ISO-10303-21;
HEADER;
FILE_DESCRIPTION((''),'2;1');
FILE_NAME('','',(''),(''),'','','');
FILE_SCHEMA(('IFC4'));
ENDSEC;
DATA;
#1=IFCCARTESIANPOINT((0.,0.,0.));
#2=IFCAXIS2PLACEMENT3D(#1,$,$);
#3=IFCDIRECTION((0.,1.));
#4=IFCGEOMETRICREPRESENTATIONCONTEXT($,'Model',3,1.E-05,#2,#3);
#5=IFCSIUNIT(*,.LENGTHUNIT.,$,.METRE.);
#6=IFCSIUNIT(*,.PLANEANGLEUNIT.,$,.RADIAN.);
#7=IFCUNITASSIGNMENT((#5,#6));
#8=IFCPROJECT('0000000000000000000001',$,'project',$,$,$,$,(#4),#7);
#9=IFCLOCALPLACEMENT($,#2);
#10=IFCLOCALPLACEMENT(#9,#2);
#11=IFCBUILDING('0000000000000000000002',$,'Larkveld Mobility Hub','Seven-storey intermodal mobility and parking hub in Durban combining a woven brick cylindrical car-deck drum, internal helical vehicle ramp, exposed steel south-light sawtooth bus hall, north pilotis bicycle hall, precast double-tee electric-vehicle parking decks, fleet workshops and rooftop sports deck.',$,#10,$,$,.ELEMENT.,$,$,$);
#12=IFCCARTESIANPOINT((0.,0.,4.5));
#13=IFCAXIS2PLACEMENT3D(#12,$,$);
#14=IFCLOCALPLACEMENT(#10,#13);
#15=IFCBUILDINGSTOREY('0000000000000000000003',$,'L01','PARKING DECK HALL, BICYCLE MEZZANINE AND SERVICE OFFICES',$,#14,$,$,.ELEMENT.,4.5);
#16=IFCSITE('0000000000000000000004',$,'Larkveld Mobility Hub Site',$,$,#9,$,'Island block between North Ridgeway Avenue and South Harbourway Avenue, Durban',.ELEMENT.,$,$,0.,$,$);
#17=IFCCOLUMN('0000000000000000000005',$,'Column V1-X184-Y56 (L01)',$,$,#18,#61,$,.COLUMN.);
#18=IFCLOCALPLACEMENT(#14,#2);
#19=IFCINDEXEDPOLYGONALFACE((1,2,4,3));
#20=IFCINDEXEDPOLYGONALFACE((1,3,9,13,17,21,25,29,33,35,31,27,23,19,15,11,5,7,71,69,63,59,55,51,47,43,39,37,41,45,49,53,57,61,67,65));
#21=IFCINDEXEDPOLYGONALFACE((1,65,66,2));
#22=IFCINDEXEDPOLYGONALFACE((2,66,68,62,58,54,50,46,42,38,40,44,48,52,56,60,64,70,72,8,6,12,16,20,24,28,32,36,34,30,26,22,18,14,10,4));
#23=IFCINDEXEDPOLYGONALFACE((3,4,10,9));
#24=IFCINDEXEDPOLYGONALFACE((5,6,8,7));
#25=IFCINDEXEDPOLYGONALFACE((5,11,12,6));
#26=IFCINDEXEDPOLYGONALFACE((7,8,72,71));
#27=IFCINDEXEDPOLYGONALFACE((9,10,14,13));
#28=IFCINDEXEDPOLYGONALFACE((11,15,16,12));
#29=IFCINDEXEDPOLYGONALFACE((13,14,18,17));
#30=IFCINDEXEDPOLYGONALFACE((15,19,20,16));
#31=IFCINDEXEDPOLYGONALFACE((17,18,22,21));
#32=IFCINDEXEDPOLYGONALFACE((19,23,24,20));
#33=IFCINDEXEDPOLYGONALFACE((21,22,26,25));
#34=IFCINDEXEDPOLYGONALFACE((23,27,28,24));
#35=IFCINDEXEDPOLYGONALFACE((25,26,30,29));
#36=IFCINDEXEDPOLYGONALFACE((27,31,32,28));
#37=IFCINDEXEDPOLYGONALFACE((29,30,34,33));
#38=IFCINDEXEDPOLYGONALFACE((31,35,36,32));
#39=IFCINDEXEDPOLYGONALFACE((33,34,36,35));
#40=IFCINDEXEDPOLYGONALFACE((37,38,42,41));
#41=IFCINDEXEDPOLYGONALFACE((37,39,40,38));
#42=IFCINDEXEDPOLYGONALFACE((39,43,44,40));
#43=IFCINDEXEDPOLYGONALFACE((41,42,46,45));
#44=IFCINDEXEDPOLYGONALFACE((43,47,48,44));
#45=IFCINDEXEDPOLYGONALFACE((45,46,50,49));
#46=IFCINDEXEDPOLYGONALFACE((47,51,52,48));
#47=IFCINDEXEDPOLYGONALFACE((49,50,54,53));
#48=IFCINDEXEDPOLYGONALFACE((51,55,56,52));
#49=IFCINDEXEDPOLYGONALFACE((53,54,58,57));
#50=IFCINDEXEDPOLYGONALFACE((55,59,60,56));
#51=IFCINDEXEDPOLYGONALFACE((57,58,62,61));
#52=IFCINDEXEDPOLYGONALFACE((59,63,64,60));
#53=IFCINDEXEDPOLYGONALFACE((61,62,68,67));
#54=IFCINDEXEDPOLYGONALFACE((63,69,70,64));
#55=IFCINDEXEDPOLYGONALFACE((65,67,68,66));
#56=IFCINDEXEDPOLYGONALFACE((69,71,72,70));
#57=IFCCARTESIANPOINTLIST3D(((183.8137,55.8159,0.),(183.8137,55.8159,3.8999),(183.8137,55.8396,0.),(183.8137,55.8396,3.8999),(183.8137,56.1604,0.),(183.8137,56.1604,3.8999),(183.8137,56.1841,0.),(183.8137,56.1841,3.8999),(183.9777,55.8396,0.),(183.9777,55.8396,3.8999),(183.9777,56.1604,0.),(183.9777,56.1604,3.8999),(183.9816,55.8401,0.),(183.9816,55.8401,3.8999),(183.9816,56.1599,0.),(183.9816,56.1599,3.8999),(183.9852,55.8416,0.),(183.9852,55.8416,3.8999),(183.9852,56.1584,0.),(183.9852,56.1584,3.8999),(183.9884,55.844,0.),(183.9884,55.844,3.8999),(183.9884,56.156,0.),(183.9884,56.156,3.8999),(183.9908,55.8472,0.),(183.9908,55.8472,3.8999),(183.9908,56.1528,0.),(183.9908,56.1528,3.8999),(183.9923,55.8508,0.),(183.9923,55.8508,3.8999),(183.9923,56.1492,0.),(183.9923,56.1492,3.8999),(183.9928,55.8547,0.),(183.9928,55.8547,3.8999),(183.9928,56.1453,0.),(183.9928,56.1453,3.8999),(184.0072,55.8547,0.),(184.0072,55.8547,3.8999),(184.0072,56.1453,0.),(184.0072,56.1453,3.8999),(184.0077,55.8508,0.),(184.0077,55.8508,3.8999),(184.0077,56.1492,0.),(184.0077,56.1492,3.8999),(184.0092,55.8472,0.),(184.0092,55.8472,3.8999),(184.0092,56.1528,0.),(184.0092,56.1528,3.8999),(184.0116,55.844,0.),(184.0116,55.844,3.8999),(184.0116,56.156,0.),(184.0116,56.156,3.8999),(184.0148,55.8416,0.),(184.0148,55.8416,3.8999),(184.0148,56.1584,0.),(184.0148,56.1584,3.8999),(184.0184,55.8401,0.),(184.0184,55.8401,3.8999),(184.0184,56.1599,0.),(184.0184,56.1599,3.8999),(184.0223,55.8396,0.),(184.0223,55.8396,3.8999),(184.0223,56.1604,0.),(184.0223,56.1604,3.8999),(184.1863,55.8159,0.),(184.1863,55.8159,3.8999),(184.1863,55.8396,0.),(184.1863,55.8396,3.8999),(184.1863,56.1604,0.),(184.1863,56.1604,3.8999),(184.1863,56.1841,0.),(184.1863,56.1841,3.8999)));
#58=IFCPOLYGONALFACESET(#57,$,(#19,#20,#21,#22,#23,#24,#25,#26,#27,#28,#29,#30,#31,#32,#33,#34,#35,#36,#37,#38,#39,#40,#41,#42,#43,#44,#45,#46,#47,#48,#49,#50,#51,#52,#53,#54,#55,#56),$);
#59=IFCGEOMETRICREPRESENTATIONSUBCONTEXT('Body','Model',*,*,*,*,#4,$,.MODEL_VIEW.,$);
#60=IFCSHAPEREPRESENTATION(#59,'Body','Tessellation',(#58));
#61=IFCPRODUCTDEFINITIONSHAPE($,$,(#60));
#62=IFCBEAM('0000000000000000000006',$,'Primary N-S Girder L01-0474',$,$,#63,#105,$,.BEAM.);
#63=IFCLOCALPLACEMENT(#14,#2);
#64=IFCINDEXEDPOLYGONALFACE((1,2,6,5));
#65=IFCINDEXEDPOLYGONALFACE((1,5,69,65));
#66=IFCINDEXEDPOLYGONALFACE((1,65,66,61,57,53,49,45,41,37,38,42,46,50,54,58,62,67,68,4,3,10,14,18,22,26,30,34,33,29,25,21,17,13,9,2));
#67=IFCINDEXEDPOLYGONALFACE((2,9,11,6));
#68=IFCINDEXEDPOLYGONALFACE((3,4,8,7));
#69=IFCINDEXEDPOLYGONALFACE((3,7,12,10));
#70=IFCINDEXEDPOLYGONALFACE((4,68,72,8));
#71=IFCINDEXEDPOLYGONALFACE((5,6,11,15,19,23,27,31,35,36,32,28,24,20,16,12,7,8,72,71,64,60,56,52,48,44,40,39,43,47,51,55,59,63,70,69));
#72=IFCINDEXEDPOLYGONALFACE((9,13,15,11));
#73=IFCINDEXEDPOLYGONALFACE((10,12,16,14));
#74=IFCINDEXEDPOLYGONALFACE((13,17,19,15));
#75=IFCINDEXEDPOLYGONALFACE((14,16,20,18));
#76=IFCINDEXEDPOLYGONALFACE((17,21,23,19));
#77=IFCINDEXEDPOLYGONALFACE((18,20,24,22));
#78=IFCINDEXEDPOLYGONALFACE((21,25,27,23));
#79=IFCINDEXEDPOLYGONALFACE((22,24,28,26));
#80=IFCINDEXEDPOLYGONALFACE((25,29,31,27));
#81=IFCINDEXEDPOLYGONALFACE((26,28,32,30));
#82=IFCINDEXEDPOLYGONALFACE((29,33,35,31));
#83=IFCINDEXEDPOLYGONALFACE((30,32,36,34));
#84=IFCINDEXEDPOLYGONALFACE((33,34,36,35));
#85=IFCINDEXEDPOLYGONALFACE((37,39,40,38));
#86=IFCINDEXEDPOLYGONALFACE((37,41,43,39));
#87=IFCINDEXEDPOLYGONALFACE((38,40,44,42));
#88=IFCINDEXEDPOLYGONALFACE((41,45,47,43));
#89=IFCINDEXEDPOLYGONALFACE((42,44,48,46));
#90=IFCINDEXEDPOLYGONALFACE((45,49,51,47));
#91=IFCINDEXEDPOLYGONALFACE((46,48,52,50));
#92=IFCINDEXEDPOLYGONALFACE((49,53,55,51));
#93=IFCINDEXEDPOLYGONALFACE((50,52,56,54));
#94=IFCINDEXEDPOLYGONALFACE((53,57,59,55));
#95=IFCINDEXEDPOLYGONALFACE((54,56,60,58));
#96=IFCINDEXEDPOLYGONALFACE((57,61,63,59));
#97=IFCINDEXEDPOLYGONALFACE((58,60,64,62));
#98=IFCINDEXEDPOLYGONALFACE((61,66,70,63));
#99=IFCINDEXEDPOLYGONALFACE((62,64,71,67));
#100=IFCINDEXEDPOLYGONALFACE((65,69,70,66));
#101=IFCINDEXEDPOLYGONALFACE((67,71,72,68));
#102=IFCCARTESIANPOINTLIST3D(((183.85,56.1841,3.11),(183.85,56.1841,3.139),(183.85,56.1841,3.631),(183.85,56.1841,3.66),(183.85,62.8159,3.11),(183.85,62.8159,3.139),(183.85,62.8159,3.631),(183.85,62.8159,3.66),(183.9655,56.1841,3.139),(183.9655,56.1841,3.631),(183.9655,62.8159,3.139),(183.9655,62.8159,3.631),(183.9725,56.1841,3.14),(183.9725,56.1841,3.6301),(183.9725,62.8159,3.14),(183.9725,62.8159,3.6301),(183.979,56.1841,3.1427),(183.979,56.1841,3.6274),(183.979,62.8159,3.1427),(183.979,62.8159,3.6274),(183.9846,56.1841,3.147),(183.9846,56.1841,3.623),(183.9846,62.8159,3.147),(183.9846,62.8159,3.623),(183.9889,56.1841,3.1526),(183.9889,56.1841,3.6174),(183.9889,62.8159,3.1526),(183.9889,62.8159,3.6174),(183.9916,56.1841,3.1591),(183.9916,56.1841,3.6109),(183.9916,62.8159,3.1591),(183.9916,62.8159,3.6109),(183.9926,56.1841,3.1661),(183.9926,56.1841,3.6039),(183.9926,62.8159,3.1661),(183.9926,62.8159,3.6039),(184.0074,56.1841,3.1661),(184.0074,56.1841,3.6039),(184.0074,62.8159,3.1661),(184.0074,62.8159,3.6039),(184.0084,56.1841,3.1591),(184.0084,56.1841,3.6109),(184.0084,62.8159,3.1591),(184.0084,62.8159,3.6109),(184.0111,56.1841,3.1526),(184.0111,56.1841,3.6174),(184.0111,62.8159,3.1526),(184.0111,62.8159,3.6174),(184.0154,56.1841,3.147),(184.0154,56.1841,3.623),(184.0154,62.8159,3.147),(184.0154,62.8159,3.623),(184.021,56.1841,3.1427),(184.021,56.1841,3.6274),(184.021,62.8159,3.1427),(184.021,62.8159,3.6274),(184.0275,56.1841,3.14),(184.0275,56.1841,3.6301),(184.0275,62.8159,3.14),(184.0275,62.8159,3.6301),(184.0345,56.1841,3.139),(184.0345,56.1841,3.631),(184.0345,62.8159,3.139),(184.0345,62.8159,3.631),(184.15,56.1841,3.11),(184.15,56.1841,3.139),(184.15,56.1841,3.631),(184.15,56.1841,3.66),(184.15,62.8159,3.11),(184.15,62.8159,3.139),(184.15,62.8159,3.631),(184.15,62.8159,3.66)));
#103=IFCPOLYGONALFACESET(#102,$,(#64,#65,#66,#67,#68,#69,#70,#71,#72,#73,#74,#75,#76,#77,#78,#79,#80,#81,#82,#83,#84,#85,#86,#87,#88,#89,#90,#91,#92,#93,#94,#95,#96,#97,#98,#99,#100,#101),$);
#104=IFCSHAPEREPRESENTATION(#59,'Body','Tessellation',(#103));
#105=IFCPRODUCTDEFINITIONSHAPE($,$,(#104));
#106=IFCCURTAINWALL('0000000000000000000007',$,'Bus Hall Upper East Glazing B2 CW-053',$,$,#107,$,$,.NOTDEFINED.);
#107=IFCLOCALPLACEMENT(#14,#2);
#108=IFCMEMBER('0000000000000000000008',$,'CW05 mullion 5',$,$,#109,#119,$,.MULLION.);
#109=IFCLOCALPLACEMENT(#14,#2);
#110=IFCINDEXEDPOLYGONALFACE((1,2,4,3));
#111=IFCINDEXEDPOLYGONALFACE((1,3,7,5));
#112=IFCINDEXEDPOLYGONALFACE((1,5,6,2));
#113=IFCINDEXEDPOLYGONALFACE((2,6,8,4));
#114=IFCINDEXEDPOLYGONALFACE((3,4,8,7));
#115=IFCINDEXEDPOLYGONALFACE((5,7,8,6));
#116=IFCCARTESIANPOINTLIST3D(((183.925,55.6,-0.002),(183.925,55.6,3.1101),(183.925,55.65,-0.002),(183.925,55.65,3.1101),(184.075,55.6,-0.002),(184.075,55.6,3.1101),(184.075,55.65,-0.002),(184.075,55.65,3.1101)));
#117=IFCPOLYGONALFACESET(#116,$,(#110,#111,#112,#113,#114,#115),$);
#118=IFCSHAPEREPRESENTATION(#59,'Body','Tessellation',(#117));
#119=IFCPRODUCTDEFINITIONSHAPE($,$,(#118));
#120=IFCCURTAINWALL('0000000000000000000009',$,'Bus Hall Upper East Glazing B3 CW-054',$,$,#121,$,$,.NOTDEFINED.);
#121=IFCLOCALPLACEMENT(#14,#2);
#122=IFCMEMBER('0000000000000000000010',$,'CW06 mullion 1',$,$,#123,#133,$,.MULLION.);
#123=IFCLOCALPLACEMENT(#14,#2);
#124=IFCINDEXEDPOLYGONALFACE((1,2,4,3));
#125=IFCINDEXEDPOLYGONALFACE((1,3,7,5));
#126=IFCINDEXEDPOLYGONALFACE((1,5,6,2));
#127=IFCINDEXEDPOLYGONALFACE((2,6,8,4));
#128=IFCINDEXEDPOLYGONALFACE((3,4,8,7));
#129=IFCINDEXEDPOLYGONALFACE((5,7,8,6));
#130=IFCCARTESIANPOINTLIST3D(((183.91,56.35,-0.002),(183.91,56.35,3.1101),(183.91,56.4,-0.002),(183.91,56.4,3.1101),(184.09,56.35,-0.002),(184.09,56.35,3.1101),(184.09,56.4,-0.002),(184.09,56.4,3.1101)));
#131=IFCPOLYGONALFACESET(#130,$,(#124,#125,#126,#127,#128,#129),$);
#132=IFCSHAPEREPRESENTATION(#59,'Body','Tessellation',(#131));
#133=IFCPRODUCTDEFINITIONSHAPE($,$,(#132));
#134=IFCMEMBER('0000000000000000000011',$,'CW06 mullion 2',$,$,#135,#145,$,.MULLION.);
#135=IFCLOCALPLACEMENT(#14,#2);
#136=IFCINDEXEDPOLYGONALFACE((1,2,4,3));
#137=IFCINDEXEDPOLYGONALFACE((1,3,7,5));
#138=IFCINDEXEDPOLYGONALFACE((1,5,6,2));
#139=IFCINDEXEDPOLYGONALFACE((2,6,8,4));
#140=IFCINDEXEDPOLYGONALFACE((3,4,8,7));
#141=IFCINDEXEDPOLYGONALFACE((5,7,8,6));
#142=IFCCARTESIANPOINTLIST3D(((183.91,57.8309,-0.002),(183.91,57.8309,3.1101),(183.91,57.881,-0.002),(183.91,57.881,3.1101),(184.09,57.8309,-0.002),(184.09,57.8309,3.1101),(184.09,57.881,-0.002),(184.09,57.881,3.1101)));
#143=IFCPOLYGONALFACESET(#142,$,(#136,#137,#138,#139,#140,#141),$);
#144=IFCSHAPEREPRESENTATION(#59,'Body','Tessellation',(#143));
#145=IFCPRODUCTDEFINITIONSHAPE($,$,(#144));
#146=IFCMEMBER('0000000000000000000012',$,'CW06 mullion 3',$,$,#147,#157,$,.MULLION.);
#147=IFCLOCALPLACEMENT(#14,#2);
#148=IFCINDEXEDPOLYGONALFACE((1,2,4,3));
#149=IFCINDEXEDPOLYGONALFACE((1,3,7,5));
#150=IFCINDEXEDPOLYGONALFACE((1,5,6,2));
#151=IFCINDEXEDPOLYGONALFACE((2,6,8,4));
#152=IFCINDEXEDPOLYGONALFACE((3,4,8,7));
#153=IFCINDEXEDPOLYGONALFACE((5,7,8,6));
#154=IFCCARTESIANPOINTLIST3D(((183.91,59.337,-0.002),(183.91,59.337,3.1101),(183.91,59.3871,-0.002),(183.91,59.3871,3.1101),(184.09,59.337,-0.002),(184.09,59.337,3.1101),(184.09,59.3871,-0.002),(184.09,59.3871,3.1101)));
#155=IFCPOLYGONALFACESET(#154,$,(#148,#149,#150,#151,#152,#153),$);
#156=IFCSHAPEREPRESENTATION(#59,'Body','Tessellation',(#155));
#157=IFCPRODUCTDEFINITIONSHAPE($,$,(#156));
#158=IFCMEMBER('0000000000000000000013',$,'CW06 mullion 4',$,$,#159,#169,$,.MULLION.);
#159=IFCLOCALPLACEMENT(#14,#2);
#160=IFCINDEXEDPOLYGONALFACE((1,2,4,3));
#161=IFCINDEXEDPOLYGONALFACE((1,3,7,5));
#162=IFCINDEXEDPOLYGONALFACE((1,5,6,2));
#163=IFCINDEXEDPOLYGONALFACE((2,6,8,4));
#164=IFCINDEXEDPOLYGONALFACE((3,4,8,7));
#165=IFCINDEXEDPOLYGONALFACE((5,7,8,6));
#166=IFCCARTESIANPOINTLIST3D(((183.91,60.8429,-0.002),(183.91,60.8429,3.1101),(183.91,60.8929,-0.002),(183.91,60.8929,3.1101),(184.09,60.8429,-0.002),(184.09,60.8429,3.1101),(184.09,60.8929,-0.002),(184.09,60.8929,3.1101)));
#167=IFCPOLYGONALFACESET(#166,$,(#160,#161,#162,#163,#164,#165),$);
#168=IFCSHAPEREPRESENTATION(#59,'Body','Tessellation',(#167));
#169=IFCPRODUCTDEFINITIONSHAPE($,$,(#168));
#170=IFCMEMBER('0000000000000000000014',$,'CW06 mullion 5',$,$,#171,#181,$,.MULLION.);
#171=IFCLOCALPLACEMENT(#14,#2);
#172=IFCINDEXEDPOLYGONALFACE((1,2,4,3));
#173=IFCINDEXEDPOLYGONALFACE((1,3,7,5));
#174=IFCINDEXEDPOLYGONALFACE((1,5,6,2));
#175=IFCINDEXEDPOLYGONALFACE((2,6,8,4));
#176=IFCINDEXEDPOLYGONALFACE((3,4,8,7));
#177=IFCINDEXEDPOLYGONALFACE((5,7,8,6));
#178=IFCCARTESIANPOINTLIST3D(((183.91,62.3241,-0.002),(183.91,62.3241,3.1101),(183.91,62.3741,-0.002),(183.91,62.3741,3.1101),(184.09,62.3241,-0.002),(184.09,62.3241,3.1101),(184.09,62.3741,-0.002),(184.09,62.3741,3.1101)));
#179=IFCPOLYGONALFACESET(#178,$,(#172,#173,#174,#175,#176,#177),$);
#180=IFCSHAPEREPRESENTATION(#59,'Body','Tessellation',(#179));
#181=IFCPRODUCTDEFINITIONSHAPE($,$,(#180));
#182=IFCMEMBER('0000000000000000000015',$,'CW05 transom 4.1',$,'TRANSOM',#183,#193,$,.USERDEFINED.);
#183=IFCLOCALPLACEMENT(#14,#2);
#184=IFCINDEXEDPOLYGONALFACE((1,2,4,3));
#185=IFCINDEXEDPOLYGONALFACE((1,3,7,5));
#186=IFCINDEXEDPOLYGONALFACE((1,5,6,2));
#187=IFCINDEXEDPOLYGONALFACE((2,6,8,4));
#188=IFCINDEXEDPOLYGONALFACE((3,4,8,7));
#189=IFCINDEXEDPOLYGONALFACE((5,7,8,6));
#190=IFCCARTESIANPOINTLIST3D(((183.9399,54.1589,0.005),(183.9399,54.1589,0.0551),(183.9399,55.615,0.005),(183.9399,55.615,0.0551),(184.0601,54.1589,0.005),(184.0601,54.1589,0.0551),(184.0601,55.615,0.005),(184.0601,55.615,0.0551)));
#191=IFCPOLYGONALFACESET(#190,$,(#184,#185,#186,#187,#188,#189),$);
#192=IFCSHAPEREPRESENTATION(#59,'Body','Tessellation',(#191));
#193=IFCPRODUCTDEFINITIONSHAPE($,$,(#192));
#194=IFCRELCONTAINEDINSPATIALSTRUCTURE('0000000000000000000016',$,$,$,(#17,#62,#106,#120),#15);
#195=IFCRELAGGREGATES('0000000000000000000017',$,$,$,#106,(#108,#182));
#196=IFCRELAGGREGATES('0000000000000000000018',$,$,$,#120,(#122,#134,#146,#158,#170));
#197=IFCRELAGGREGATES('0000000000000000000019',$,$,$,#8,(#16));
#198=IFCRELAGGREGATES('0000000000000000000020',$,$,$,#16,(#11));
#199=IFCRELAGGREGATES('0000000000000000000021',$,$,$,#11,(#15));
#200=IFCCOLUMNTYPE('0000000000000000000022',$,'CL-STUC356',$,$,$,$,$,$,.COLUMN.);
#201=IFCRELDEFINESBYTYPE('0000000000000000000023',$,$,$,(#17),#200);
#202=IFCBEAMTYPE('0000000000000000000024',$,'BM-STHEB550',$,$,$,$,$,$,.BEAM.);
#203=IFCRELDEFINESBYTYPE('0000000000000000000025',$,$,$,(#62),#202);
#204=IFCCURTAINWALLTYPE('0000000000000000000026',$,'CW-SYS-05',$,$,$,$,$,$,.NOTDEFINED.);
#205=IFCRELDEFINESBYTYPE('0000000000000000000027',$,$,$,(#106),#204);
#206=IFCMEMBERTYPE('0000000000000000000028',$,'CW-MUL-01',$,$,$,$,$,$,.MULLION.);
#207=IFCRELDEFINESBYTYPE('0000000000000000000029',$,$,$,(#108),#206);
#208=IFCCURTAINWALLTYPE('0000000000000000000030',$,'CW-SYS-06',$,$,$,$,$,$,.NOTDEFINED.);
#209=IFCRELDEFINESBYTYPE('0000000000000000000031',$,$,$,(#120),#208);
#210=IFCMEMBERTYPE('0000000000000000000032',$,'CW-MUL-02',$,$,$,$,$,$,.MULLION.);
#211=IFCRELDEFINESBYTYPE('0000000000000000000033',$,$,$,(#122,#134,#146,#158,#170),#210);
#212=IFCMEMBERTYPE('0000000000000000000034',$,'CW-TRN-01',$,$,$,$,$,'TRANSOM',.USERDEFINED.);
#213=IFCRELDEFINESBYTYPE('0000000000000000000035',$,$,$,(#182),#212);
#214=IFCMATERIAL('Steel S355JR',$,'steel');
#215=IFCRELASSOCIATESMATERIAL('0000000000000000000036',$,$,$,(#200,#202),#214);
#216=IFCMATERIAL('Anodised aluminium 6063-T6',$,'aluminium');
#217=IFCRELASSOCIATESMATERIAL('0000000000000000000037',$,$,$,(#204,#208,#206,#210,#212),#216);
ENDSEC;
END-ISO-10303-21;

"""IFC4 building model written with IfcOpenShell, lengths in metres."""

from ifc_helpers import new_model, si_unit, direction, frame, origin, origin_2d, place, context, subcontext, project, spatial, rectangle, i_section, extrude, material, material_profile, profile_set, type_object, element, aggregate, save


model = new_model("IFC4")

# Units and contexts
model_context = context("Model", 3, precision=1e-05, world=origin(), true_north=direction((0.0, 1.0)))
body_context = subcontext(model_context, "Body", "Model", "MODEL_VIEW")
ifc_project = project(units=[si_unit("LENGTHUNIT", "METRE"), si_unit("PLANEANGLEUNIT", "RADIAN")], contexts=[model_context])

# Site, building, storey
site_placement = place(None, origin())
site = spatial("IfcSite", under=ifc_project, at=site_placement, Name="Larkveld Mobility Hub Site", LongName="Island block between North Ridgeway Avenue and South Harbourway Avenue, Durban", CompositionType="ELEMENT", RefElevation=0.0)
building_placement = place(site_placement, origin())
building = spatial("IfcBuilding", under=site, at=building_placement, Name="Larkveld Mobility Hub", Description="Seven-storey intermodal mobility and parking hub in Durban combining a woven brick cylindrical car-deck drum, internal helical vehicle ramp, exposed steel south-light sawtooth bus hall, north pilotis bicycle hall, precast double-tee electric-vehicle parking decks, fleet workshops and rooftop sports deck.", CompositionType="ELEMENT")
storey_placement = place(building_placement, frame((0.0, 0.0, 4.5)))
storey = spatial("IfcBuildingStorey", under=building, at=storey_placement, Name="L01", Description="PARKING DECK HALL, BICYCLE MEZZANINE AND SERVICE OFFICES", CompositionType="ELEMENT", Elevation=4.5)

# Column
ifc_material_1 = material(Name="Steel S355JR", Category="steel")
ifc_material_profile_1 = material_profile(ifc_material_1, i_section(OverallWidth=0.3726, OverallDepth=0.3682, WebThickness=0.0144, FlangeThickness=0.0237, FilletRadius=0.0151, at=origin_2d()), Name="UC 356x368x177")
ifc_profile_set_1 = profile_set([ifc_material_profile_1], Name="Steel S355JR")
column_type = type_object("IfcColumnType", Name="CL-STUC356", PredefinedType="COLUMN", material=ifc_profile_set_1)
column_placement = place(storey_placement, frame((184.0, 56.0, 0.0), z_axis=(0.0, 0.0, 1.0), x_axis=(1.0, 0.0, 0.0)))
element("IfcColumn", 1, at=column_placement, inside=storey, type_object=column_type, Name="Column V1-X184-Y56 (L01)", PredefinedType="COLUMN", context=body_context, shape_type="SweptSolid", body=[
    extrude(i_section(OverallWidth=0.3726, OverallDepth=0.3682, WebThickness=0.0144, FlangeThickness=0.0237, FilletRadius=0.0151, at=origin_2d()), origin(), (0.0, 0.0, 1.0), 3.8999),
])

# Beam
ifc_material_profile_2 = material_profile(ifc_material_1, i_section(OverallWidth=0.3, OverallDepth=0.55, WebThickness=0.0149, FlangeThickness=0.0291, FilletRadius=0.0271, at=origin_2d()), Name="HEB 550")
ifc_profile_set_2 = profile_set([ifc_material_profile_2], Name="Steel S355JR")
beam_type = type_object("IfcBeamType", Name="BM-STHEB550", PredefinedType="BEAM", material=ifc_profile_set_2)
beam_placement = place(storey_placement, frame((184.0, 56.1841, 3.385), z_axis=(0.0, 1.0, 0.0), x_axis=(-1.0, 0.0, 0.0)))
element("IfcBeam", 2, at=beam_placement, inside=storey, type_object=beam_type, Name="Primary N-S Girder L01-0474", PredefinedType="BEAM", context=body_context, shape_type="SweptSolid", body=[
    extrude(i_section(OverallWidth=0.3, OverallDepth=0.55, WebThickness=0.0149, FlangeThickness=0.0291, FilletRadius=0.0271, at=origin_2d()), origin(), (0.0, 0.0, 1.0), 6.6318),
])

# Curtain wall, member
ifc_material_2 = material(Name="Anodised aluminium 6063-T6", Category="aluminium")
curtain_wall_type_1 = type_object("IfcCurtainWallType", Name="CW-SYS-05", PredefinedType="NOTDEFINED", material=ifc_material_2)
curtain_wall_1_placement = place(storey_placement, origin())
curtain_wall_1 = element("IfcCurtainWall", 3, at=curtain_wall_1_placement, inside=storey, type_object=curtain_wall_type_1, Name="Bus Hall Upper East Glazing B2 CW-053", PredefinedType="NOTDEFINED")
ifc_material_profile_3 = material_profile(ifc_material_2, rectangle(XDim=0.05, YDim=0.1499, at=origin_2d()), Name="ALU MULL 50x150")
ifc_profile_set_3 = profile_set([ifc_material_profile_3], Name="Anodised aluminium 6063-T6")
member_type_1 = type_object("IfcMemberType", Name="CW-MUL-01", PredefinedType="MULLION", material=ifc_profile_set_3)
member_1_placement = place(storey_placement, frame((184.0, 55.625, -0.002), z_axis=(0.0, 0.0, 1.0), x_axis=(0.0, 1.0, 0.0)))
member_1 = element("IfcMember", 4, at=member_1_placement, type_object=member_type_1, Name="CW05 mullion 5", PredefinedType="MULLION", context=body_context, shape_type="SweptSolid", body=[
    extrude(rectangle(XDim=0.05, YDim=0.1499, at=origin_2d()), origin(), (0.0, 0.0, 1.0), 3.1121),
])

# Curtain wall, members
curtain_wall_type_2 = type_object("IfcCurtainWallType", Name="CW-SYS-06", PredefinedType="NOTDEFINED", material=ifc_material_2)
curtain_wall_2_placement = place(storey_placement, origin())
curtain_wall_2 = element("IfcCurtainWall", 5, at=curtain_wall_2_placement, inside=storey, type_object=curtain_wall_type_2, Name="Bus Hall Upper East Glazing B3 CW-054", PredefinedType="NOTDEFINED")
ifc_material_profile_4 = material_profile(ifc_material_2, rectangle(XDim=0.05, YDim=0.1799, at=origin_2d()), Name="ALU MULL 50x180")
ifc_profile_set_4 = profile_set([ifc_material_profile_4], Name="Anodised aluminium 6063-T6")
member_type_2 = type_object("IfcMemberType", Name="CW-MUL-02", PredefinedType="MULLION", material=ifc_profile_set_4)
member_2_placement = place(storey_placement, frame((184.0, 56.375, -0.002), z_axis=(0.0, 0.0, 1.0), x_axis=(0.0, 1.0, 0.0)))
member_2 = element("IfcMember", 6, at=member_2_placement, type_object=member_type_2, Name="CW06 mullion 1", PredefinedType="MULLION", context=body_context, shape_type="SweptSolid", body=[
    extrude(rectangle(XDim=0.05, YDim=0.1799, at=origin_2d()), origin(), (0.0, 0.0, 1.0), 3.1121),
])
member_3_placement = place(storey_placement, frame((184.0, 57.856, -0.002), z_axis=(0.0, 0.0, 1.0), x_axis=(0.0, 1.0, 0.0)))
member_3 = element("IfcMember", 7, at=member_3_placement, type_object=member_type_2, Name="CW06 mullion 2", PredefinedType="MULLION", context=body_context, shape_type="SweptSolid", body=[
    extrude(rectangle(XDim=0.05, YDim=0.1799, at=origin_2d()), origin(), (0.0, 0.0, 1.0), 3.1121),
])
member_4_placement = place(storey_placement, frame((184.0, 59.3621, -0.002), z_axis=(0.0, 0.0, 1.0), x_axis=(0.0, 1.0, 0.0)))
member_4 = element("IfcMember", 8, at=member_4_placement, type_object=member_type_2, Name="CW06 mullion 3", PredefinedType="MULLION", context=body_context, shape_type="SweptSolid", body=[
    extrude(rectangle(XDim=0.05, YDim=0.1799, at=origin_2d()), origin(), (0.0, 0.0, 1.0), 3.1121),
])
member_5_placement = place(storey_placement, frame((184.0, 60.8679, -0.002), z_axis=(0.0, 0.0, 1.0), x_axis=(0.0, 1.0, 0.0)))
member_5 = element("IfcMember", 9, at=member_5_placement, type_object=member_type_2, Name="CW06 mullion 4", PredefinedType="MULLION", context=body_context, shape_type="SweptSolid", body=[
    extrude(rectangle(XDim=0.05, YDim=0.1799, at=origin_2d()), origin(), (0.0, 0.0, 1.0), 3.1121),
])
member_6_placement = place(storey_placement, frame((184.0, 62.3491, -0.002), z_axis=(0.0, 0.0, 1.0), x_axis=(0.0, 1.0, 0.0)))
member_6 = element("IfcMember", 10, at=member_6_placement, type_object=member_type_2, Name="CW06 mullion 5", PredefinedType="MULLION", context=body_context, shape_type="SweptSolid", body=[
    extrude(rectangle(XDim=0.05, YDim=0.1799, at=origin_2d()), origin(), (0.0, 0.0, 1.0), 3.1121),
])

# Member
ifc_material_profile_5 = material_profile(ifc_material_2, rectangle(XDim=0.1201, YDim=0.05, at=origin_2d()), Name="ALU TRAN 50x120")
ifc_profile_set_5 = profile_set([ifc_material_profile_5], Name="Anodised aluminium 6063-T6")
member_type_3 = type_object("IfcMemberType", Name="CW-TRN-01", ElementType="TRANSOM", PredefinedType="USERDEFINED", material=ifc_profile_set_5)
member_7_placement = place(storey_placement, frame((184.0, 54.1589, 0.03), z_axis=(0.0, 1.0, 0.0), x_axis=(-1.0, 0.0, 0.0)))
member_7 = element("IfcMember", 11, at=member_7_placement, type_object=member_type_3, Name="CW05 transom 4.1", ObjectType="TRANSOM", PredefinedType="USERDEFINED", context=body_context, shape_type="SweptSolid", body=[
    extrude(rectangle(XDim=0.1201, YDim=0.05, at=origin_2d()), origin(), (0.0, 0.0, 1.0), 1.4561),
])

aggregate(curtain_wall_1, [member_1, member_7])
aggregate(curtain_wall_2, [member_2, member_3, member_4, member_5, member_6])

save(model, "model.ifc")
